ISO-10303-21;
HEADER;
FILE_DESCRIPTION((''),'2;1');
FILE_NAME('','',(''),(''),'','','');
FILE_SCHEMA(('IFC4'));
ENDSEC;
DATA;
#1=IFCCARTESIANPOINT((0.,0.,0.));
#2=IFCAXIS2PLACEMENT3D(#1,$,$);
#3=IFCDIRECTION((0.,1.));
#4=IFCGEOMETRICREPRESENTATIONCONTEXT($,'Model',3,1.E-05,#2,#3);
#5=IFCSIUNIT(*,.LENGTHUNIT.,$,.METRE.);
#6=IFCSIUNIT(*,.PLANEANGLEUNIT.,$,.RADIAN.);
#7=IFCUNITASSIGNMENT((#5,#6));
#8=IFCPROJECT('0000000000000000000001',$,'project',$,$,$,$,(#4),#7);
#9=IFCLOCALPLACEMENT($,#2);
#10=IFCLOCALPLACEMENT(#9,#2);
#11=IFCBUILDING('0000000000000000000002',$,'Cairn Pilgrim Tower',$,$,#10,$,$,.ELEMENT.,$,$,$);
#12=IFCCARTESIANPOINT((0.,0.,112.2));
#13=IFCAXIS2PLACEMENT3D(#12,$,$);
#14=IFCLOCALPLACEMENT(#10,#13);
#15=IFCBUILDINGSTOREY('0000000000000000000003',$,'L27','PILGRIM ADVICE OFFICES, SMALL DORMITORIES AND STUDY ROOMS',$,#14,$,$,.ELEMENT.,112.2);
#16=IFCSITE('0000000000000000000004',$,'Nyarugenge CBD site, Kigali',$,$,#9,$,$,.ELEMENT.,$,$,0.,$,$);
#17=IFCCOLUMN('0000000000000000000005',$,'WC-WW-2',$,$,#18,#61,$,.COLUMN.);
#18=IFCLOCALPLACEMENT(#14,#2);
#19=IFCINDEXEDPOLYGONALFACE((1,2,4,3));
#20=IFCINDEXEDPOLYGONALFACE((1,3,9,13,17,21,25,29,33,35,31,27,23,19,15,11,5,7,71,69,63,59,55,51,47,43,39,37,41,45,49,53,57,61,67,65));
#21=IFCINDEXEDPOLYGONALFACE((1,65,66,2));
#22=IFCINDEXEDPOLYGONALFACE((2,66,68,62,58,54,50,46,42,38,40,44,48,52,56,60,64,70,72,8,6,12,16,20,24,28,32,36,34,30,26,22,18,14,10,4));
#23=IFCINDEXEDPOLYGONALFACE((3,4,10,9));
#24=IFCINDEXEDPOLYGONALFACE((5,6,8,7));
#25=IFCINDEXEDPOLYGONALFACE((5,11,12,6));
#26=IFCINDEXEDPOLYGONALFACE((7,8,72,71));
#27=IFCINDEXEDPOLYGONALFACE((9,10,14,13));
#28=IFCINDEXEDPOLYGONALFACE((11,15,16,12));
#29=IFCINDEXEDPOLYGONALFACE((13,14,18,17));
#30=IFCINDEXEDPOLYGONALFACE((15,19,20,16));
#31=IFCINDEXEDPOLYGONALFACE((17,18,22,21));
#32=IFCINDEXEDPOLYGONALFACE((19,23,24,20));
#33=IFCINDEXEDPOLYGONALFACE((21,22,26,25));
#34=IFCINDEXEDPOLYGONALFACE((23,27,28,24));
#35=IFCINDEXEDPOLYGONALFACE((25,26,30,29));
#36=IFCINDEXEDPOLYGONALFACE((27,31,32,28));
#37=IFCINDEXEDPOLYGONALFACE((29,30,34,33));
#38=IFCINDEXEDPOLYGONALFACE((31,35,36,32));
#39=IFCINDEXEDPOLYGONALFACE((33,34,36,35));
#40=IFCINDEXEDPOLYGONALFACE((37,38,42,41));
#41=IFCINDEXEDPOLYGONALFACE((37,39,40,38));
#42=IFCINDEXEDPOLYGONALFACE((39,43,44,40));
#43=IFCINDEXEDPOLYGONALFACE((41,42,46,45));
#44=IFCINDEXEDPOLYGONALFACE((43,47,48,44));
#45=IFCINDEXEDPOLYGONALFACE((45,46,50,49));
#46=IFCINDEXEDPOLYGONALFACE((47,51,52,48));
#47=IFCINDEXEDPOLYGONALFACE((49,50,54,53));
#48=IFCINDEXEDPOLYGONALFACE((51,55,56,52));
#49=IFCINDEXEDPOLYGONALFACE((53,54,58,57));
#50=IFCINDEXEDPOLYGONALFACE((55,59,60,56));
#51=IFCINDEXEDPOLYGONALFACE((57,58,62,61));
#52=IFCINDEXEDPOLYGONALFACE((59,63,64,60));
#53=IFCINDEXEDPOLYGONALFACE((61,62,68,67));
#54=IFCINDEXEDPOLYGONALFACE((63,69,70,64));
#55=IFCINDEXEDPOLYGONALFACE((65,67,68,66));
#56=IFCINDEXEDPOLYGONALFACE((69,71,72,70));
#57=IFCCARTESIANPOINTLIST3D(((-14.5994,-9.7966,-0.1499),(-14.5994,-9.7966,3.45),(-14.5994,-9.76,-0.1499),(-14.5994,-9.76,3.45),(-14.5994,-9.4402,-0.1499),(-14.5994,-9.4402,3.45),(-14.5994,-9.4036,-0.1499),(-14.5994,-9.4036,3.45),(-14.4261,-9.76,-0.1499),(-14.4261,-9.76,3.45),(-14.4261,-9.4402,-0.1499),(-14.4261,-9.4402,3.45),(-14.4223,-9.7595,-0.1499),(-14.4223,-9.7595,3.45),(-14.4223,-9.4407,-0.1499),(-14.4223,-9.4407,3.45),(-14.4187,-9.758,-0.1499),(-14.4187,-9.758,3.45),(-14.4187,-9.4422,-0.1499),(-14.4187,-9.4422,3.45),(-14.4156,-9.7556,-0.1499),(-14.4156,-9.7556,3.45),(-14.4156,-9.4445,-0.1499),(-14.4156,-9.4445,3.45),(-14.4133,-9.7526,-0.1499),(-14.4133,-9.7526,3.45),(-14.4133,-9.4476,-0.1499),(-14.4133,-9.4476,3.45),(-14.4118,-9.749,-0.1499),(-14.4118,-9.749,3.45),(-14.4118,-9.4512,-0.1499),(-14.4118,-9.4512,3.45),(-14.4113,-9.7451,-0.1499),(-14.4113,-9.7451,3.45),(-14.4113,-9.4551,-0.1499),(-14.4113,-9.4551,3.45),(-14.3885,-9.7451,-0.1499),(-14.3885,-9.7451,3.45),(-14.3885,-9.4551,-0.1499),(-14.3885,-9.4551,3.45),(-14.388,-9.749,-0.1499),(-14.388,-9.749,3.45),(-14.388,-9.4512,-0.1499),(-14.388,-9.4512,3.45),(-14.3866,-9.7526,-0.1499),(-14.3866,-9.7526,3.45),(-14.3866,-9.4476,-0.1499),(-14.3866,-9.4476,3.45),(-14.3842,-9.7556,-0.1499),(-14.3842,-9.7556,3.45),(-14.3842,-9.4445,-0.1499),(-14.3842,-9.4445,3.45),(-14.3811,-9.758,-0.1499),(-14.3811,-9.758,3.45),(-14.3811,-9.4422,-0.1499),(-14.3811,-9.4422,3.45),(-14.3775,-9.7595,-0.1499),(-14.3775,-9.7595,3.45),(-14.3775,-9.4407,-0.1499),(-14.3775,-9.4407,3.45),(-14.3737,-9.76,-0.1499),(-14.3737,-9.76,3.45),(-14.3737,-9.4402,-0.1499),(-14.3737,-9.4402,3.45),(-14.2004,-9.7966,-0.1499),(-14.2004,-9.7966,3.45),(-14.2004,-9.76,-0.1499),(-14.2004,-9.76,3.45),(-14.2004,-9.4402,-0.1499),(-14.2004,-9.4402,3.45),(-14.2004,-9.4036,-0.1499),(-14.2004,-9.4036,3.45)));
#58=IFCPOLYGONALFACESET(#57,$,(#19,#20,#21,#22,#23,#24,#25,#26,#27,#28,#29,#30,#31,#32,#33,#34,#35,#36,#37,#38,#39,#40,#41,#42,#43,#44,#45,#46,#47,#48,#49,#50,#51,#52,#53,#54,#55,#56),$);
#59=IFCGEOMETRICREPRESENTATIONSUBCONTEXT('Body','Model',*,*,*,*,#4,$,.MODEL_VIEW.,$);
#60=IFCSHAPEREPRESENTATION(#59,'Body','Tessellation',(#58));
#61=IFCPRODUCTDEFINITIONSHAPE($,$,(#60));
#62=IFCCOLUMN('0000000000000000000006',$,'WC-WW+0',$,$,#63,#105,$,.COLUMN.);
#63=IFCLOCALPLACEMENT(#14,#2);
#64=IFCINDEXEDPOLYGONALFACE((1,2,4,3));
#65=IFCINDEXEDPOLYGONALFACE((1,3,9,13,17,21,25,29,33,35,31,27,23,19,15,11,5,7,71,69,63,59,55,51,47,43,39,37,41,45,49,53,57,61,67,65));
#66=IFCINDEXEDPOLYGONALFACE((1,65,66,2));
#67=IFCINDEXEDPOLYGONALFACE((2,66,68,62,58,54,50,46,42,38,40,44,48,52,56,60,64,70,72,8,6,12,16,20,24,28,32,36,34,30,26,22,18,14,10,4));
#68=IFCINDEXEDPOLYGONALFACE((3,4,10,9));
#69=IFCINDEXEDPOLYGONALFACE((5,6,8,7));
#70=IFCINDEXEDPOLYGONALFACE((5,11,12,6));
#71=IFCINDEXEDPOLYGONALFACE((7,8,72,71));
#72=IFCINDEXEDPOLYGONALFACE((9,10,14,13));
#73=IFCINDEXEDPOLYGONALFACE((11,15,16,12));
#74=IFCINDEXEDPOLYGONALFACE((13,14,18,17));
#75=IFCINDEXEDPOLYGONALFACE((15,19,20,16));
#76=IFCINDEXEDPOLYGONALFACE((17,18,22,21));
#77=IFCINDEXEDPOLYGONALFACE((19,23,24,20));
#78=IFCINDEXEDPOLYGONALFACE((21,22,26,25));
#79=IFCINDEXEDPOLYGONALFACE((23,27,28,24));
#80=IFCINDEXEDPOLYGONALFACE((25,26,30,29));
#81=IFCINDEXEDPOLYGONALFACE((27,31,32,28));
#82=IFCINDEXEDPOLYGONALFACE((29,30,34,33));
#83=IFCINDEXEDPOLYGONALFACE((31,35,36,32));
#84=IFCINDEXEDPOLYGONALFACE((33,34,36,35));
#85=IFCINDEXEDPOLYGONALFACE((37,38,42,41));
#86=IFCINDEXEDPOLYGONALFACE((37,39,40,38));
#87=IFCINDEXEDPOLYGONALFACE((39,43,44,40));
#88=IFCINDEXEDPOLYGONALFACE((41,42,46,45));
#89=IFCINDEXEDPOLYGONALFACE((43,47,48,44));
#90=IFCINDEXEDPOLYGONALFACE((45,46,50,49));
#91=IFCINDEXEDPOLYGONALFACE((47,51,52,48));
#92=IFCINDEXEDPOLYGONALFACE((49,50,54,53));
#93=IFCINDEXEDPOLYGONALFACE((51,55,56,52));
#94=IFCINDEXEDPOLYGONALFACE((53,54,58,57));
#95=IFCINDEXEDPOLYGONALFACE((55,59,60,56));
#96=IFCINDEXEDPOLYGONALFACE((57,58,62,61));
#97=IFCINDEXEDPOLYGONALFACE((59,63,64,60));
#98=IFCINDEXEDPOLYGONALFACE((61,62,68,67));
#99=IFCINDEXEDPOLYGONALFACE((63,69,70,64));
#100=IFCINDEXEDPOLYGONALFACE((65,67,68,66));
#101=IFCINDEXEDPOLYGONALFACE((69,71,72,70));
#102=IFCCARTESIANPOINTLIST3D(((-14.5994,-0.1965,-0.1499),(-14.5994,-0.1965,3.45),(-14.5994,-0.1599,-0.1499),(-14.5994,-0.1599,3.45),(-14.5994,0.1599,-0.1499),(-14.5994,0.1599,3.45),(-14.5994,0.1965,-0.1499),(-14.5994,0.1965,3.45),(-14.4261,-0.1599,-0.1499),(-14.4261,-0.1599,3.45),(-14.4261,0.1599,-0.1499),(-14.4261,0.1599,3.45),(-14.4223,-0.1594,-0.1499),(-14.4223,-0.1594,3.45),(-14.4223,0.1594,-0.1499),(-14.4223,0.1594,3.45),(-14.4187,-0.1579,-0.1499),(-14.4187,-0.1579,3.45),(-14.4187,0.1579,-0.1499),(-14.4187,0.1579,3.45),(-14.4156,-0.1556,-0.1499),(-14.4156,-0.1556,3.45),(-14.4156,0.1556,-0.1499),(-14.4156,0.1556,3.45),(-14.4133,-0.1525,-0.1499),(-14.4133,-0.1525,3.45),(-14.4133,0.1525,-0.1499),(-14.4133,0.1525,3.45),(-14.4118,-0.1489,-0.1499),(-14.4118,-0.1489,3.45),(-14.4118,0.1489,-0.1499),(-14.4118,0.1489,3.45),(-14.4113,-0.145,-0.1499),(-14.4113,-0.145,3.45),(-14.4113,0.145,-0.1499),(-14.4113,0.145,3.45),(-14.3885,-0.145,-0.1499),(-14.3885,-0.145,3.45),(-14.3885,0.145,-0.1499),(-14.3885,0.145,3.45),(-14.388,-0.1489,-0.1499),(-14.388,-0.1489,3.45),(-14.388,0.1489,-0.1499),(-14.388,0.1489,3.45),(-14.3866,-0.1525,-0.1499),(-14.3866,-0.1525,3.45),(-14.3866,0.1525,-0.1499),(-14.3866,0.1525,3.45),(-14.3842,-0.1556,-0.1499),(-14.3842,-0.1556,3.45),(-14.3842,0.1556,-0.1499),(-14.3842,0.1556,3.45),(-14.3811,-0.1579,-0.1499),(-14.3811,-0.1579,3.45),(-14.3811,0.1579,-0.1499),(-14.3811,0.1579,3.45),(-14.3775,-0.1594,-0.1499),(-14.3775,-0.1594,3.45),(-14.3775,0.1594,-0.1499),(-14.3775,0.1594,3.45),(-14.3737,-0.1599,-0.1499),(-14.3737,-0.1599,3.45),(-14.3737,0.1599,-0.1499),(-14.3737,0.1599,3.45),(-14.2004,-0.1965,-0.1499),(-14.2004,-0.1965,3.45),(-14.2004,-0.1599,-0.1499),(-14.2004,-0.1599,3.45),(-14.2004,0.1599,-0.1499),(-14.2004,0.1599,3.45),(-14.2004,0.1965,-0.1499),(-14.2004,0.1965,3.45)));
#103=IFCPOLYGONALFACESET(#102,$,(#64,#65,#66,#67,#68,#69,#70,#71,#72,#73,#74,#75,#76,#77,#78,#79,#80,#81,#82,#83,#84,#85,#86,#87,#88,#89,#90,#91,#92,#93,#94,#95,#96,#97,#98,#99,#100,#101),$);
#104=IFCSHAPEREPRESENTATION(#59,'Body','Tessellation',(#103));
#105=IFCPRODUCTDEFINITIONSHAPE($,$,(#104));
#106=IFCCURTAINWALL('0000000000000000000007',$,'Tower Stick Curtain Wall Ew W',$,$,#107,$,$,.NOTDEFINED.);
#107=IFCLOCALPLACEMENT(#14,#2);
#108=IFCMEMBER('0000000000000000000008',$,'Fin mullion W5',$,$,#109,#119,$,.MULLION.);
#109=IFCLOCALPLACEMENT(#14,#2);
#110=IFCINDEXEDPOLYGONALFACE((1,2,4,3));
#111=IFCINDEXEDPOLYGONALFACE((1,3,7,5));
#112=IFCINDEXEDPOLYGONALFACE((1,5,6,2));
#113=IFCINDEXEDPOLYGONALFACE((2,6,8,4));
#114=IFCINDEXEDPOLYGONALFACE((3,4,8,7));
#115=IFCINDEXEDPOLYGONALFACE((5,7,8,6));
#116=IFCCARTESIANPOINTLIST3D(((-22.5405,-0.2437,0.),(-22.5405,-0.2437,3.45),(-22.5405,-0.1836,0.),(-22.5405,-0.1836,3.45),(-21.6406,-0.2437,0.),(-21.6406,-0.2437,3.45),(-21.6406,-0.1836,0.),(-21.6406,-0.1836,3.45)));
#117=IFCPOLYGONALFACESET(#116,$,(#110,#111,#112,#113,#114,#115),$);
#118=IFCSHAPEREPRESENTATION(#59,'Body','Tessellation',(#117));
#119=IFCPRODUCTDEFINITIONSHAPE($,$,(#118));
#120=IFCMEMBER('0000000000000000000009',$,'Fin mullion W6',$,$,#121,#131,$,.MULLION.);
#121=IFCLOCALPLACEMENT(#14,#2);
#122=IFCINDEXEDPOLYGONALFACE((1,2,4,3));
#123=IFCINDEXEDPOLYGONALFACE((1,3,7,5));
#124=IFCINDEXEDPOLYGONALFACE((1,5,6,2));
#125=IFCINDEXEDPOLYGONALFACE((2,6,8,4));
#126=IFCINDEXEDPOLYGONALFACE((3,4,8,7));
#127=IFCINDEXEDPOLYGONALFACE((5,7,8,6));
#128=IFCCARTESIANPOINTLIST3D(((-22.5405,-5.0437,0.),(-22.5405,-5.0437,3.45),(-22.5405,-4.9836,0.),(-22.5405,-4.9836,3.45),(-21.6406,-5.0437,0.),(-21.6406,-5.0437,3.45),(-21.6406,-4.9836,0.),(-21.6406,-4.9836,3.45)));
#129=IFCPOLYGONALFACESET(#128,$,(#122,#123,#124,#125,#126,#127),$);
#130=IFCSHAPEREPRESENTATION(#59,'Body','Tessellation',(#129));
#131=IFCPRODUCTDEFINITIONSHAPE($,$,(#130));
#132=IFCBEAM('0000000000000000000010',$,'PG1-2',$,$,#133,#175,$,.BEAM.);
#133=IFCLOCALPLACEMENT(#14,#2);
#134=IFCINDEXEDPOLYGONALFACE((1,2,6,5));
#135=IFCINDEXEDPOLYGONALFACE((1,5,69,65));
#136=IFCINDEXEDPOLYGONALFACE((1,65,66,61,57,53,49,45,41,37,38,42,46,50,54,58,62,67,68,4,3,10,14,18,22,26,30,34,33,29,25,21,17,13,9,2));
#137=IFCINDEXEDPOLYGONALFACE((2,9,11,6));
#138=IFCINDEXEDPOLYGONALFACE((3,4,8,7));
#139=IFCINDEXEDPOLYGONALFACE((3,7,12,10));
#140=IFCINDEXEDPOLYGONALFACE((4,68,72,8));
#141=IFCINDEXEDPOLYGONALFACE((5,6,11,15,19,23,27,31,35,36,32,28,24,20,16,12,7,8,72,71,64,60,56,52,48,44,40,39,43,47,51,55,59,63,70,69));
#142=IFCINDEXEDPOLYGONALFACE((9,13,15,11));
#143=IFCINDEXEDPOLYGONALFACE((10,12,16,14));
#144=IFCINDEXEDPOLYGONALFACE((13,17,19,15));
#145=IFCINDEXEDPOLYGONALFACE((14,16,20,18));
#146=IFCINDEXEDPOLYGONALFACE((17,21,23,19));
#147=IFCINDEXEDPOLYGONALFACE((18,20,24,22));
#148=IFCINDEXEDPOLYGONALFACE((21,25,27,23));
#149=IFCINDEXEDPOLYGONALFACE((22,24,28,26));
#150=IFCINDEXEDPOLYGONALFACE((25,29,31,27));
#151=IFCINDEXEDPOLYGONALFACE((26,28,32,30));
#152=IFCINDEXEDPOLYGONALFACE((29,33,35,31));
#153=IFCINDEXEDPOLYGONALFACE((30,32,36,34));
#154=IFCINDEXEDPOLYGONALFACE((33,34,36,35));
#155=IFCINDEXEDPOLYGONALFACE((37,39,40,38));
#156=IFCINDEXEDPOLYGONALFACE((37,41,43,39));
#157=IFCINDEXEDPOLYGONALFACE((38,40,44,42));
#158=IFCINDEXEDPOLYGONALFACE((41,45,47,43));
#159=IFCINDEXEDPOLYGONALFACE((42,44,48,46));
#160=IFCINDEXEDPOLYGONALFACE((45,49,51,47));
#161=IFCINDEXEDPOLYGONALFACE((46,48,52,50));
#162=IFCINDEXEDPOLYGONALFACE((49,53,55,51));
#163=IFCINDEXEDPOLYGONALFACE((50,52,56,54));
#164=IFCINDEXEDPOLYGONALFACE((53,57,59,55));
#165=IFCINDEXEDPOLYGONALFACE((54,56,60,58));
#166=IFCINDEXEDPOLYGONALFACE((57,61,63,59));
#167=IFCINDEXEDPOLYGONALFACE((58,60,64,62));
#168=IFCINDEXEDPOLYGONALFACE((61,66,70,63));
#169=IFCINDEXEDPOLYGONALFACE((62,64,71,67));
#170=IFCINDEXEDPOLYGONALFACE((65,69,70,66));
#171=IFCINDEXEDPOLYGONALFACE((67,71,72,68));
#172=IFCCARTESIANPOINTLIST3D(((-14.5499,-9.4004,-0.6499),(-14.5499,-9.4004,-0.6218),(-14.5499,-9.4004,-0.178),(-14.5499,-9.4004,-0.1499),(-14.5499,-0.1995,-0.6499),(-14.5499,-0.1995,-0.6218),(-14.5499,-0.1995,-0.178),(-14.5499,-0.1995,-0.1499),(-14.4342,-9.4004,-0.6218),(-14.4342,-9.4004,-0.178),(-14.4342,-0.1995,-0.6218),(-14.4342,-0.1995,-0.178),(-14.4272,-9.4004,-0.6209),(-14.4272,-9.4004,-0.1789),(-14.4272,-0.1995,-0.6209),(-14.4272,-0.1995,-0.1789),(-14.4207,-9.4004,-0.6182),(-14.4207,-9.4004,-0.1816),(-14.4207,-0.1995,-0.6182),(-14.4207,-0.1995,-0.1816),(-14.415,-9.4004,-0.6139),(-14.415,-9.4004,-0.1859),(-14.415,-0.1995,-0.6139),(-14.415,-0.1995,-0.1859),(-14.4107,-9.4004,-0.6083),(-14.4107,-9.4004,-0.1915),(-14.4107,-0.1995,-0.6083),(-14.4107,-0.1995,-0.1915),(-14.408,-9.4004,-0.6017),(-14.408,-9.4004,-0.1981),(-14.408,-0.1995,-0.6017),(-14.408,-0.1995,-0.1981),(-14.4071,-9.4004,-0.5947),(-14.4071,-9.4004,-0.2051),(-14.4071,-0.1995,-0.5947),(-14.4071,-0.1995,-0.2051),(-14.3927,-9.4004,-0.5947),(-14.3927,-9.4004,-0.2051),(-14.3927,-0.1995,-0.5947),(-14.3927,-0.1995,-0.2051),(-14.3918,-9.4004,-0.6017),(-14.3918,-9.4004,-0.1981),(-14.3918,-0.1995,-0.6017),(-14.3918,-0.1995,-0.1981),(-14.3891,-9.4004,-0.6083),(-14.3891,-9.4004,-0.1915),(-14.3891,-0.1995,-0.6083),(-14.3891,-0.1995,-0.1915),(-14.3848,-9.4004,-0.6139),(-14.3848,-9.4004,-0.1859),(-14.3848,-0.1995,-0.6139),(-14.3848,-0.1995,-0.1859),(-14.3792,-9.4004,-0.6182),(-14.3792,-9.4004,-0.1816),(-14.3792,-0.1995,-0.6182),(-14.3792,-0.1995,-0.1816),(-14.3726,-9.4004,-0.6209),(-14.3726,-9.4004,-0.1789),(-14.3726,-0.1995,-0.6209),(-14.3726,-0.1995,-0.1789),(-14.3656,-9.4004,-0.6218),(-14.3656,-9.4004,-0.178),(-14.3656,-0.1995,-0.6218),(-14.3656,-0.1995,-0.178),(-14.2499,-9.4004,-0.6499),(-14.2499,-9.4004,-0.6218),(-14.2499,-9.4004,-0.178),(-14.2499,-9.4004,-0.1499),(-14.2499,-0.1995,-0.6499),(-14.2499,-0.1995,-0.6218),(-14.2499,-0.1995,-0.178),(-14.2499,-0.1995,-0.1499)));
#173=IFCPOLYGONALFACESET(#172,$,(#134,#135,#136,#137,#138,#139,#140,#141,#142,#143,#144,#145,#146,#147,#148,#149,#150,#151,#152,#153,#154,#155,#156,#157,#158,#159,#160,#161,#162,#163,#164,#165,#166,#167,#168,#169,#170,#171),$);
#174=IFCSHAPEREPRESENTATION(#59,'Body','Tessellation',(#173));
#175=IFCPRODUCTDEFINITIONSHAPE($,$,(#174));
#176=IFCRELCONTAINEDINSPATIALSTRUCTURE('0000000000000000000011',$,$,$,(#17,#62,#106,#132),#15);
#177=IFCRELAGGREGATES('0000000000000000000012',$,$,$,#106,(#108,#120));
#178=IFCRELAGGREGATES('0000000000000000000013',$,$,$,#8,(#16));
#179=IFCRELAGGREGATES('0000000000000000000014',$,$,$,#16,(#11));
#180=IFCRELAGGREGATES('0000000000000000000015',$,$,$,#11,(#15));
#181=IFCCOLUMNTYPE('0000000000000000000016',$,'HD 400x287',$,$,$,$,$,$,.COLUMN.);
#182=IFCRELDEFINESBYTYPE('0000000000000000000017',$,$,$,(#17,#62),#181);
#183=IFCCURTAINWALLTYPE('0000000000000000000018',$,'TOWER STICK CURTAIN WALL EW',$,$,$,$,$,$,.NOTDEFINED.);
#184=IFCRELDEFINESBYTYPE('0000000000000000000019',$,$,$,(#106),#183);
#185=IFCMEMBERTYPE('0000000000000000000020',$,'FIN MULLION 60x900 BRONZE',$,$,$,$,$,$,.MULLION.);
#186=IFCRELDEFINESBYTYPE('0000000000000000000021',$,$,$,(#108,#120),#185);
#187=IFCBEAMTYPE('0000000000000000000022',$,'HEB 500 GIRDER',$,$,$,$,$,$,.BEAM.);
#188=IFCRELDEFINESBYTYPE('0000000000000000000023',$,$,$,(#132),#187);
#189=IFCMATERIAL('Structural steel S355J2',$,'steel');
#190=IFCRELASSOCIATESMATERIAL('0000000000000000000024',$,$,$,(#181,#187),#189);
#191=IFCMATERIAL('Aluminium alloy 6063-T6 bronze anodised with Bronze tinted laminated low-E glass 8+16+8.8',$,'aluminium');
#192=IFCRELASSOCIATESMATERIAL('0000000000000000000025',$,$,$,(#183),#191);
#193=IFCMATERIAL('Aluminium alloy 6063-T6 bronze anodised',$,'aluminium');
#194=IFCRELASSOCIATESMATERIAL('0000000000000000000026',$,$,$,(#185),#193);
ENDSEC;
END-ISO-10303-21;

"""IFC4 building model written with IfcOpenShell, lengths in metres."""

from ifc_helpers import new_model, si_unit, direction, frame, origin, origin_2d, place, context, subcontext, project, spatial, rectangle, i_section, extrude, material, material_profile, profile_set, type_object, element, aggregate, save


model = new_model("IFC4")

# Units and contexts
model_context = context("Model", 3, precision=1e-05, world=origin(), true_north=direction((0.0, 1.0)))
body_context = subcontext(model_context, "Body", "Model", "MODEL_VIEW")
ifc_project = project(units=[si_unit("LENGTHUNIT", "METRE"), si_unit("PLANEANGLEUNIT", "RADIAN")], contexts=[model_context])

# Site, building, storey
site_placement = place(None, origin())
site = spatial("IfcSite", under=ifc_project, at=site_placement, Name="Nyarugenge CBD site, Kigali", CompositionType="ELEMENT", RefElevation=0.0)
building_placement = place(site_placement, origin())
building = spatial("IfcBuilding", under=site, at=building_placement, Name="Cairn Pilgrim Tower", CompositionType="ELEMENT")
storey_placement = place(building_placement, frame((0.0, 0.0, 112.2)))
storey = spatial("IfcBuildingStorey", under=building, at=storey_placement, Name="L27", Description="PILGRIM ADVICE OFFICES, SMALL DORMITORIES AND STUDY ROOMS", CompositionType="ELEMENT", Elevation=112.2)

# Columns
ifc_material_1 = material(Name="Structural steel S355J2", Category="steel")
ifc_material_profile_1 = material_profile(ifc_material_1, i_section(OverallWidth=0.3989, OverallDepth=0.3931, WebThickness=0.0227, FlangeThickness=0.0366, FilletRadius=0.0149, at=origin_2d()), Name="HD 400x287")
ifc_profile_set_1 = profile_set([ifc_material_profile_1], Name="Structural steel S355J2")
column_type_1 = type_object("IfcColumnType", Name="HD 400x287", PredefinedType="COLUMN", material=ifc_profile_set_1)
for number, where, z_axis, x_axis, name in (
    (1, (-14.3999, -9.6001, -0.1499), (0.0, 0.0, 1.0), (1.0, 0.0, 0.0), "WC-WW-2"),
    (2, (-14.3999, 0.0, -0.1499), (0.0, 0.0, 1.0), (1.0, 0.0, 0.0), "WC-WW+0"),
):
    element("IfcColumn", number, at=place(storey_placement, frame(where, z_axis=z_axis, x_axis=x_axis)), inside=storey, type_object=column_type_1, Name=name, PredefinedType="COLUMN", context=body_context, shape_type="SweptSolid", body=[
        extrude(i_section(OverallWidth=0.3989, OverallDepth=0.3931, WebThickness=0.0227, FlangeThickness=0.0366, FilletRadius=0.0149, at=origin_2d()), origin(), (0.0, 0.0, 1.0), 3.5999),
    ])

# Curtain wall, members
ifc_material_2 = material(Name="Aluminium alloy 6063-T6 bronze anodised with Bronze tinted laminated low-E glass 8+16+8.8", Category="aluminium")
curtain_wall_type_1 = type_object("IfcCurtainWallType", Name="TOWER STICK CURTAIN WALL EW", PredefinedType="NOTDEFINED", material=ifc_material_2)
curtain_wall_1_placement = place(storey_placement, origin())
curtain_wall_1 = element("IfcCurtainWall", 3, at=curtain_wall_1_placement, inside=storey, type_object=curtain_wall_type_1, Name="Tower Stick Curtain Wall Ew W", PredefinedType="NOTDEFINED")
ifc_material_3 = material(Name="Aluminium alloy 6063-T6 bronze anodised", Category="aluminium")
ifc_material_profile_2 = material_profile(ifc_material_3, rectangle(XDim=0.8999, YDim=0.0601, at=origin_2d()), Name="FIN MULLION 60x900 BRONZE")
ifc_profile_set_2 = profile_set([ifc_material_profile_2], Name="Aluminium alloy 6063-T6 bronze anodised")
member_type_1 = type_object("IfcMemberType", Name="FIN MULLION 60x900 BRONZE", PredefinedType="MULLION", material=ifc_profile_set_2)
member_1_placement = place(storey_placement, frame((-22.0906, -0.2136, 0.0), z_axis=(0.0, 0.0, 1.0), x_axis=(-1.0, 0.0, 0.0)))
member_1 = element("IfcMember", 4, at=member_1_placement, type_object=member_type_1, Name="Fin mullion W5", PredefinedType="MULLION", context=body_context, shape_type="SweptSolid", body=[
    extrude(rectangle(XDim=0.8999, YDim=0.0601, at=origin_2d()), origin(), (0.0, 0.0, 1.0), 3.45),
])
member_2_placement = place(storey_placement, frame((-22.0906, -5.0137, 0.0), z_axis=(0.0, 0.0, 1.0), x_axis=(-1.0, 0.0, 0.0)))
member_2 = element("IfcMember", 5, at=member_2_placement, type_object=member_type_1, Name="Fin mullion W6", PredefinedType="MULLION", context=body_context, shape_type="SweptSolid", body=[
    extrude(rectangle(XDim=0.8999, YDim=0.0601, at=origin_2d()), origin(), (0.0, 0.0, 1.0), 3.45),
])

# Beam
ifc_material_profile_3 = material_profile(ifc_material_1, i_section(OverallWidth=0.3, OverallDepth=0.5, WebThickness=0.0144, FlangeThickness=0.0281, FilletRadius=0.0271, at=origin_2d()), Name="HEB 500")
ifc_profile_set_3 = profile_set([ifc_material_profile_3], Name="Structural steel S355J2")
beam_type_1 = type_object("IfcBeamType", Name="HEB 500 GIRDER", PredefinedType="BEAM", material=ifc_profile_set_3)
for number, where, z_axis, x_axis, name in (
    (6, (-14.3999, -9.4004, -0.3999), (0.0, 1.0, 0.0), (-1.0, 0.0, 0.0), "PG1-2"),
):
    element("IfcBeam", number, at=place(storey_placement, frame(where, z_axis=z_axis, x_axis=x_axis)), inside=storey, type_object=beam_type_1, Name=name, PredefinedType="BEAM", context=body_context, shape_type="SweptSolid", body=[
        extrude(i_section(OverallWidth=0.3, OverallDepth=0.5, WebThickness=0.0144, FlangeThickness=0.0281, FilletRadius=0.0271, at=origin_2d()), origin(), (0.0, 0.0, 1.0), 9.2009),
    ])

aggregate(curtain_wall_1, [member_1, member_2])

save(model, "model.ifc")
